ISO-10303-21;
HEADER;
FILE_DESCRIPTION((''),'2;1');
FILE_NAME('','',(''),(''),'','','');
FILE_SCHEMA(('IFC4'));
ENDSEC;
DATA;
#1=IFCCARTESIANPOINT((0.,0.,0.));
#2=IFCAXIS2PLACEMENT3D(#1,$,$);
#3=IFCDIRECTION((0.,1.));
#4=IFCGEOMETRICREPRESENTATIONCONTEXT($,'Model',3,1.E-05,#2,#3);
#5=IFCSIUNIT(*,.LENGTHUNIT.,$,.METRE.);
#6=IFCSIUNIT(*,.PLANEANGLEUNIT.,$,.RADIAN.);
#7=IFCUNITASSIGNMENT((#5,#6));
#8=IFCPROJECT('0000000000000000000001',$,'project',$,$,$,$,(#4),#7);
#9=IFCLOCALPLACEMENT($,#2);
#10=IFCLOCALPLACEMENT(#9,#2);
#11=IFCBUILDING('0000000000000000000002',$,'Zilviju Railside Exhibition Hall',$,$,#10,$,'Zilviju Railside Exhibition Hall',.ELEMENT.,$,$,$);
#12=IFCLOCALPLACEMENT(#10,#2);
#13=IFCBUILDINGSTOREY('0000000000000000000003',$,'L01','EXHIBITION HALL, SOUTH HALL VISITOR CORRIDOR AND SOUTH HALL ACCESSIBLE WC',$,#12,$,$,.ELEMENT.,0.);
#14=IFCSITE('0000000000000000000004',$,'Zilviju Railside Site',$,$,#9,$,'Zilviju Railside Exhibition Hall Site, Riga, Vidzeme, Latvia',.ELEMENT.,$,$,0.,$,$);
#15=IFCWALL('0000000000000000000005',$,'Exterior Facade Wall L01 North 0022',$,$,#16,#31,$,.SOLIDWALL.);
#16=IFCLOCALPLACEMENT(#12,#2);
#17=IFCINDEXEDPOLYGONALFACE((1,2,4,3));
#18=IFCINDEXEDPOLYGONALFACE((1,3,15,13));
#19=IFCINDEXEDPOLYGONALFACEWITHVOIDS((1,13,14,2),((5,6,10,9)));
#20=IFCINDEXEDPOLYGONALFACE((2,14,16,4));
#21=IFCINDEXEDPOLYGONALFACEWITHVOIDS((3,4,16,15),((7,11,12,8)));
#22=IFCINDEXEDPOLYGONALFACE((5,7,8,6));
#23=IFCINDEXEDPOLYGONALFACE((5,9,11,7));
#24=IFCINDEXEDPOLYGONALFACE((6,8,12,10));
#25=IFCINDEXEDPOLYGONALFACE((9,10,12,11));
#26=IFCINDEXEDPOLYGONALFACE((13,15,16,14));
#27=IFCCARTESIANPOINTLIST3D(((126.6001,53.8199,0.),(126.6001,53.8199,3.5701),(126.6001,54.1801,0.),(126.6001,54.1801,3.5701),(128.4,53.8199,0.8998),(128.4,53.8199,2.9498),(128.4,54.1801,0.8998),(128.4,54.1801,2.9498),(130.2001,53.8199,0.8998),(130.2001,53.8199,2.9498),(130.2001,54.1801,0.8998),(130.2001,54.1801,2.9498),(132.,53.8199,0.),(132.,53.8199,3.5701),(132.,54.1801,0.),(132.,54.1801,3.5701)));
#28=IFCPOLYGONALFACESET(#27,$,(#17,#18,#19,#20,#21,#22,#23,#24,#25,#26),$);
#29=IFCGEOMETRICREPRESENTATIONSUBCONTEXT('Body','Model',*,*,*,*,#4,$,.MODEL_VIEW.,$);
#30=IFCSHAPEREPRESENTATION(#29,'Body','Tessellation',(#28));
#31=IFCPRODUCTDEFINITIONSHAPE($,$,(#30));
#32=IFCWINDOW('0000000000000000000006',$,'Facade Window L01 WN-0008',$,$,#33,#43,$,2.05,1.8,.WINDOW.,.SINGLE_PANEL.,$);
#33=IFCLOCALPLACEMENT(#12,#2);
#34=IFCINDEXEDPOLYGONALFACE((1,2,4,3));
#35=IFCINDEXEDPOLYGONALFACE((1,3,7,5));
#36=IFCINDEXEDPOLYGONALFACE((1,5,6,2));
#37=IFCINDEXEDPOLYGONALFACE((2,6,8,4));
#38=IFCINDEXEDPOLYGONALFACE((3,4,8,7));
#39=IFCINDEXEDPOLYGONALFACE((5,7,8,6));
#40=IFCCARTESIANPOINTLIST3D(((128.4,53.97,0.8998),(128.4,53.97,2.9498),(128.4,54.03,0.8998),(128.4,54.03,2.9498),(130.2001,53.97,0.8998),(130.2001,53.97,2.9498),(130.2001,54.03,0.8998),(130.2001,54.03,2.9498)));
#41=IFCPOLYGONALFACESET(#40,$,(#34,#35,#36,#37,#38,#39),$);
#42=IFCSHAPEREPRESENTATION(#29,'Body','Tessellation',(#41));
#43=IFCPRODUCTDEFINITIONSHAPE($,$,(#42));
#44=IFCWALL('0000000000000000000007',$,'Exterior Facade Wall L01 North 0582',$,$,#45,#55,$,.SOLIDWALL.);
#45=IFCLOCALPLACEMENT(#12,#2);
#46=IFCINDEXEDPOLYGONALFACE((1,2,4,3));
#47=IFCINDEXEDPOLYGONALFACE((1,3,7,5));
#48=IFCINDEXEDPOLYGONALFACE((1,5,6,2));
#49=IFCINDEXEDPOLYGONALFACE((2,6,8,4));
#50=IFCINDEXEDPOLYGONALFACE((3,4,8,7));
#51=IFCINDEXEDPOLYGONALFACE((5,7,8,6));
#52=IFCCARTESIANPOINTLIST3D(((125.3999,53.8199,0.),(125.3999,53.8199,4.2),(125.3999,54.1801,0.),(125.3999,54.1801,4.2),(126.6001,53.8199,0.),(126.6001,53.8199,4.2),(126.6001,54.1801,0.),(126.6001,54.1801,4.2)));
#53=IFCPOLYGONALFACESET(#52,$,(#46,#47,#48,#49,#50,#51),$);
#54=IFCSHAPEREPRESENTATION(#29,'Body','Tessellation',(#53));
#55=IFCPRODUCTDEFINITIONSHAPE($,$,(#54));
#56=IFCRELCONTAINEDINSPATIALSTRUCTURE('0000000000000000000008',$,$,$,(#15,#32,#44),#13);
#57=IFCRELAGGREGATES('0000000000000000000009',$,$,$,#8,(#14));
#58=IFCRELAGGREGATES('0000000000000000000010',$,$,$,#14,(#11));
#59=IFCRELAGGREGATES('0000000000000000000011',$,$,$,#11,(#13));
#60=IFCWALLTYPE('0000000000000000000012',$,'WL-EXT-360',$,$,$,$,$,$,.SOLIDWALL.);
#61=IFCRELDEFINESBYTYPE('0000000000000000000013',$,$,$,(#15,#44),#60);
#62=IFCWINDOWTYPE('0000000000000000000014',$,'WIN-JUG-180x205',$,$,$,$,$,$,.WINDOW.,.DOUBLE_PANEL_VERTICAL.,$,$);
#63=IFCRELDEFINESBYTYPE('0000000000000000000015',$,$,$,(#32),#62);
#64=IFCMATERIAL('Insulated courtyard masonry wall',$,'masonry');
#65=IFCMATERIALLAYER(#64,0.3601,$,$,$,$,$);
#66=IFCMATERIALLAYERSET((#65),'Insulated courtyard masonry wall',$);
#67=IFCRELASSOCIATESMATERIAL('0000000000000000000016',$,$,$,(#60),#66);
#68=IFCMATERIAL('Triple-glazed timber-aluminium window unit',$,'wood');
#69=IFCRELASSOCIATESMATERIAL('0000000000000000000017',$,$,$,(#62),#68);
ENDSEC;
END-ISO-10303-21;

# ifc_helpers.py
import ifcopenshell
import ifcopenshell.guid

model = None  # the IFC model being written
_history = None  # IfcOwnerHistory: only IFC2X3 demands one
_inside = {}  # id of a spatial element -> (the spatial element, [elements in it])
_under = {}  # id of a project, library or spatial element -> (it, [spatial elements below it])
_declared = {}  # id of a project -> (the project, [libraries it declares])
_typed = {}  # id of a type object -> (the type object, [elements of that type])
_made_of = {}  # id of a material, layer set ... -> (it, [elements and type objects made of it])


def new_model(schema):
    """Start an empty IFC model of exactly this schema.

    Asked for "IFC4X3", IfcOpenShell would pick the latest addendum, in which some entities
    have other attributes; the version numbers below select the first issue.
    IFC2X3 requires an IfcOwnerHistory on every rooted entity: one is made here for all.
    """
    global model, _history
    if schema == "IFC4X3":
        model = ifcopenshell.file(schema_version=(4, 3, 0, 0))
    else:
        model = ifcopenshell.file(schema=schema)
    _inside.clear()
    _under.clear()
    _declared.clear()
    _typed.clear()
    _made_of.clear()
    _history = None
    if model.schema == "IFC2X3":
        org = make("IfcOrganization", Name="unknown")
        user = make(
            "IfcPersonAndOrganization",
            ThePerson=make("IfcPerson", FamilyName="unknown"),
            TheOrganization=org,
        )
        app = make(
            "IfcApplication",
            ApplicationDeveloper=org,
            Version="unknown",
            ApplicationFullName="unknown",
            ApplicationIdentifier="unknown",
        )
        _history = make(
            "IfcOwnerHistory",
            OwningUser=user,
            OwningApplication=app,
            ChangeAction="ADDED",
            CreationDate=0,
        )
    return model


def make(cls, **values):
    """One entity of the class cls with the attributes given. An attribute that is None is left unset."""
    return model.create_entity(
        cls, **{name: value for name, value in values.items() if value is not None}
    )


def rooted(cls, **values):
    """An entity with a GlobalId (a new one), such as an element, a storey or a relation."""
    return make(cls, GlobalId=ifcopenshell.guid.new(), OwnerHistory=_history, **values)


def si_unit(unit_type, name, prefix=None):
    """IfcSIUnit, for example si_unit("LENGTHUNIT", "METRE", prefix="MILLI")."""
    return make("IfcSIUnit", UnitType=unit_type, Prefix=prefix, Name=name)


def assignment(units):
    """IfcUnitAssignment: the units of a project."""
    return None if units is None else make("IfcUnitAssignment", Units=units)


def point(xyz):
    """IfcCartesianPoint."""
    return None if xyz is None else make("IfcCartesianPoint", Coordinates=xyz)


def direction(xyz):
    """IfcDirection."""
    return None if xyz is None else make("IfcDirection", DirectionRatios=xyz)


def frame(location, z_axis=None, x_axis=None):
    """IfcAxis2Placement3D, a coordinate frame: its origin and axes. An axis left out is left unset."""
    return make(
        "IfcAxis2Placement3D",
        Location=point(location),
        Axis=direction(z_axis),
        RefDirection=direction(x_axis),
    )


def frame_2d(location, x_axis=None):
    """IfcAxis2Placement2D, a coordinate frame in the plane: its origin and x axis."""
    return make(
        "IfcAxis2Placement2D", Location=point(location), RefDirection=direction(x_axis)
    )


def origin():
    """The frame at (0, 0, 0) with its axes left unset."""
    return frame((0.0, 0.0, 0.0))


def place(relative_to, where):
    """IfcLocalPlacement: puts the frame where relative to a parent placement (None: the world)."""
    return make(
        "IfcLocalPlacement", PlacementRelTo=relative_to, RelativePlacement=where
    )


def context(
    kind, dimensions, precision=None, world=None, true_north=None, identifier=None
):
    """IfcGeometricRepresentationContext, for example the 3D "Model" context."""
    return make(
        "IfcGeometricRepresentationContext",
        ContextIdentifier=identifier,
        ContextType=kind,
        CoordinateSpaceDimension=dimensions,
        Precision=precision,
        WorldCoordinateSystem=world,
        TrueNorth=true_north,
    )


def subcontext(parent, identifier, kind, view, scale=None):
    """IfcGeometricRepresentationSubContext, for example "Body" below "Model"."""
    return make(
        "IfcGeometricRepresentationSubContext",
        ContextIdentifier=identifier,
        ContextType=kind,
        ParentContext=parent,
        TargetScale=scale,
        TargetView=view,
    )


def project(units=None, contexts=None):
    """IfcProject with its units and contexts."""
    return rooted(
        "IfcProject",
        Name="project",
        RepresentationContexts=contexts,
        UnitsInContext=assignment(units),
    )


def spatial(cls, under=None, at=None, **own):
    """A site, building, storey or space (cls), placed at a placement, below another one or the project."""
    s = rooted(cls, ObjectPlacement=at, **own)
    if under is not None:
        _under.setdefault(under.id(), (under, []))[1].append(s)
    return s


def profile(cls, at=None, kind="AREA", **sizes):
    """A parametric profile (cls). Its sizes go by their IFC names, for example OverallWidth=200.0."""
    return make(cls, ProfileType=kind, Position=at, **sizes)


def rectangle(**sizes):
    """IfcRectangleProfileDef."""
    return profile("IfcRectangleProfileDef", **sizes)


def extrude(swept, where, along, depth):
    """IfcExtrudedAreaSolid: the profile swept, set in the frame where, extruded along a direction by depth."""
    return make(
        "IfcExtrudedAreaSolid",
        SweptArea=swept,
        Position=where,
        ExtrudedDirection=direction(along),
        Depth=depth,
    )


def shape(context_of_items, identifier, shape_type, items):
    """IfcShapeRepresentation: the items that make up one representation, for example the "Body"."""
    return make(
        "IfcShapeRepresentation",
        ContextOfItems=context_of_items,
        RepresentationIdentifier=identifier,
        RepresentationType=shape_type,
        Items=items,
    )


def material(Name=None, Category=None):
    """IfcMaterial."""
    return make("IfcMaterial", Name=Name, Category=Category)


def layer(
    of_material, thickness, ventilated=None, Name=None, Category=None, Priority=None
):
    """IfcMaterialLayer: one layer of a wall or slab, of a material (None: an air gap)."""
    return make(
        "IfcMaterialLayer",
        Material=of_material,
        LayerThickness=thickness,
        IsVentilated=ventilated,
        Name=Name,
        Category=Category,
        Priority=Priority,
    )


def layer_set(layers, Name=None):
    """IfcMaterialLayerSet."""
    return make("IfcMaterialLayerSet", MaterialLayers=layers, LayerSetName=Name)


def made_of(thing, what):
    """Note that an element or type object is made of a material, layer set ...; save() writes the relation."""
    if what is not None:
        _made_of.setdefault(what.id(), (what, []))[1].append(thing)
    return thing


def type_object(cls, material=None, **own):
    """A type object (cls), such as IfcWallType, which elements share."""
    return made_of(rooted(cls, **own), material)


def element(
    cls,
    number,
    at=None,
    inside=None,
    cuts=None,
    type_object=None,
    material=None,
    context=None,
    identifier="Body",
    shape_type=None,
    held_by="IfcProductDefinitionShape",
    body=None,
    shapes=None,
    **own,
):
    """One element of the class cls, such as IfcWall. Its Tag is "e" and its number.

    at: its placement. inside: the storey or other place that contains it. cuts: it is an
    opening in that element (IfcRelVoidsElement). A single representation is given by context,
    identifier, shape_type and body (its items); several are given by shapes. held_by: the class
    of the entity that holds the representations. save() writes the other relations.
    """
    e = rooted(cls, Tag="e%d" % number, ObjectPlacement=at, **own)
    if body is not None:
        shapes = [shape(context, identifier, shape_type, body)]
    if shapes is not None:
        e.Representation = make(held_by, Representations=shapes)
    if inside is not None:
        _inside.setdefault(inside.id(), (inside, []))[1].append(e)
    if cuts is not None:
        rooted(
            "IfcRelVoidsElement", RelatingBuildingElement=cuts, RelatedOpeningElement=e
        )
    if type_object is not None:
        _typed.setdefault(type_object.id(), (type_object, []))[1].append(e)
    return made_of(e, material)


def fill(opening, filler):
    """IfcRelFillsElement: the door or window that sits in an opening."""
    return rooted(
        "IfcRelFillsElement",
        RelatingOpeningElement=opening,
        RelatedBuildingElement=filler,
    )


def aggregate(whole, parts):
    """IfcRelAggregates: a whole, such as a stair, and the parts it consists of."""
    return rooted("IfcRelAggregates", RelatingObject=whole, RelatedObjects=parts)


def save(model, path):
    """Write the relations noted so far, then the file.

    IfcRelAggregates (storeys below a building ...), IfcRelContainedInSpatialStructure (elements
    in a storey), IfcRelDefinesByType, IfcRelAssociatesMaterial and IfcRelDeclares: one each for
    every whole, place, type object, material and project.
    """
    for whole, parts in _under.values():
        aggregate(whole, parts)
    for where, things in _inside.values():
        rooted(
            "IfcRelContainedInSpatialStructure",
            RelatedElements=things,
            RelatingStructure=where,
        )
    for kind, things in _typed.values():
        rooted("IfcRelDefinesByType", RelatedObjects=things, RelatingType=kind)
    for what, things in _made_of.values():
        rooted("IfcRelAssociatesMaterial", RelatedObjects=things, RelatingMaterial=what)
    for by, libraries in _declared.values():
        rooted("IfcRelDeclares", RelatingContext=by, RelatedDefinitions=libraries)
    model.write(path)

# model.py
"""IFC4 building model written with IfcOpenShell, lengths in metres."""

from ifc_helpers import new_model, si_unit, direction, frame, frame_2d, origin, place, context, subcontext, project, spatial, rectangle, extrude, material, layer, layer_set, type_object, element, fill, save


model = new_model("IFC4")

# Units and contexts
model_context = context("Model", 3, precision=1e-05, world=origin(), true_north=direction((0.0, 1.0)))
body_context = subcontext(model_context, "Body", "Model", "MODEL_VIEW")
ifc_project = project(units=[si_unit("LENGTHUNIT", "METRE"), si_unit("PLANEANGLEUNIT", "RADIAN")], contexts=[model_context])

# Site, building, storey
site_placement = place(None, origin())
site = spatial("IfcSite", under=ifc_project, at=site_placement, Name="Zilviju Railside Site", LongName="Zilviju Railside Exhibition Hall Site, Riga, Vidzeme, Latvia", CompositionType="ELEMENT", RefElevation=0.0)
building_placement = place(site_placement, origin())
building = spatial("IfcBuilding", under=site, at=building_placement, Name="Zilviju Railside Exhibition Hall", LongName="Zilviju Railside Exhibition Hall", CompositionType="ELEMENT")
storey_placement = place(building_placement, origin())
storey = spatial("IfcBuildingStorey", under=building, at=storey_placement, Name="L01", Description="EXHIBITION HALL, SOUTH HALL VISITOR CORRIDOR AND SOUTH HALL ACCESSIBLE WC", CompositionType="ELEMENT", Elevation=0.0)

# Wall, opening, window
ifc_material_1 = material(Name="Insulated courtyard masonry wall", Category="masonry")
ifc_layer = layer(ifc_material_1, 0.3601)
ifc_layer_set = layer_set([ifc_layer], Name="Insulated courtyard masonry wall")
wall_type = type_object("IfcWallType", Name="WL-EXT-360", PredefinedType="SOLIDWALL", material=ifc_layer_set)
wall_1_placement = place(storey_placement, frame((126.6001, 54.0, 0.0), z_axis=(0.0, 0.0, 1.0), x_axis=(1.0, 0.0, 0.0)))
wall_1 = element("IfcWall", 1, at=wall_1_placement, inside=storey, type_object=wall_type, Name="Exterior Facade Wall L01 North 0022", PredefinedType="SOLIDWALL", context=body_context, shape_type="SweptSolid", body=[
    extrude(rectangle(XDim=5.3999, YDim=0.3601, at=frame_2d((2.7, 0.0))), origin(), (0.0, 0.0, 1.0), 3.5701),
])
opening_placement = place(wall_1_placement, frame((1.8, 0.0, 0.8999)))
opening = element("IfcOpeningElement", 2, at=opening_placement, cuts=wall_1, PredefinedType="OPENING", context=body_context, shape_type="SweptSolid", body=[
    extrude(rectangle(XDim=1.8, YDim=2.05, at=frame_2d((0.8999, 1.0249))), frame((0.0, 0.1899, 0.0), z_axis=(0.0, -1.0, 0.0), x_axis=(1.0, 0.0, 0.0)), (0.0, 0.0, 1.0), 0.3801),
])
ifc_material_2 = material(Name="Triple-glazed timber-aluminium window unit", Category="wood")
window_type = type_object("IfcWindowType", Name="WIN-JUG-180x205", PartitioningType="DOUBLE_PANEL_VERTICAL", PredefinedType="WINDOW", material=ifc_material_2)
window_placement = place(opening_placement, origin())
window = element("IfcWindow", 3, at=window_placement, inside=storey, type_object=window_type, Name="Facade Window L01 WN-0008", OverallHeight=2.05, OverallWidth=1.8, PartitioningType="SINGLE_PANEL", PredefinedType="WINDOW", context=body_context, shape_type="SweptSolid", body=[
    extrude(rectangle(XDim=1.8, YDim=2.05, at=frame_2d((0.8999, 1.0249))), frame((0.0, 0.03, 0.0), z_axis=(0.0, -1.0, 0.0), x_axis=(1.0, 0.0, 0.0)), (0.0, 0.0, 1.0), 0.0601),
])
fill(opening, window)

# Wall
wall_2_placement = place(storey_placement, frame((125.3999, 54.0, 0.0), z_axis=(0.0, 0.0, 1.0), x_axis=(1.0, 0.0, 0.0)))
element("IfcWall", 4, at=wall_2_placement, inside=storey, type_object=wall_type, Name="Exterior Facade Wall L01 North 0582", PredefinedType="SOLIDWALL", context=body_context, shape_type="SweptSolid", body=[
    extrude(rectangle(XDim=1.2002, YDim=0.3601, at=frame_2d((0.6001, 0.0))), origin(), (0.0, 0.0, 1.0), 4.2),
])

save(model, "model.ifc")
